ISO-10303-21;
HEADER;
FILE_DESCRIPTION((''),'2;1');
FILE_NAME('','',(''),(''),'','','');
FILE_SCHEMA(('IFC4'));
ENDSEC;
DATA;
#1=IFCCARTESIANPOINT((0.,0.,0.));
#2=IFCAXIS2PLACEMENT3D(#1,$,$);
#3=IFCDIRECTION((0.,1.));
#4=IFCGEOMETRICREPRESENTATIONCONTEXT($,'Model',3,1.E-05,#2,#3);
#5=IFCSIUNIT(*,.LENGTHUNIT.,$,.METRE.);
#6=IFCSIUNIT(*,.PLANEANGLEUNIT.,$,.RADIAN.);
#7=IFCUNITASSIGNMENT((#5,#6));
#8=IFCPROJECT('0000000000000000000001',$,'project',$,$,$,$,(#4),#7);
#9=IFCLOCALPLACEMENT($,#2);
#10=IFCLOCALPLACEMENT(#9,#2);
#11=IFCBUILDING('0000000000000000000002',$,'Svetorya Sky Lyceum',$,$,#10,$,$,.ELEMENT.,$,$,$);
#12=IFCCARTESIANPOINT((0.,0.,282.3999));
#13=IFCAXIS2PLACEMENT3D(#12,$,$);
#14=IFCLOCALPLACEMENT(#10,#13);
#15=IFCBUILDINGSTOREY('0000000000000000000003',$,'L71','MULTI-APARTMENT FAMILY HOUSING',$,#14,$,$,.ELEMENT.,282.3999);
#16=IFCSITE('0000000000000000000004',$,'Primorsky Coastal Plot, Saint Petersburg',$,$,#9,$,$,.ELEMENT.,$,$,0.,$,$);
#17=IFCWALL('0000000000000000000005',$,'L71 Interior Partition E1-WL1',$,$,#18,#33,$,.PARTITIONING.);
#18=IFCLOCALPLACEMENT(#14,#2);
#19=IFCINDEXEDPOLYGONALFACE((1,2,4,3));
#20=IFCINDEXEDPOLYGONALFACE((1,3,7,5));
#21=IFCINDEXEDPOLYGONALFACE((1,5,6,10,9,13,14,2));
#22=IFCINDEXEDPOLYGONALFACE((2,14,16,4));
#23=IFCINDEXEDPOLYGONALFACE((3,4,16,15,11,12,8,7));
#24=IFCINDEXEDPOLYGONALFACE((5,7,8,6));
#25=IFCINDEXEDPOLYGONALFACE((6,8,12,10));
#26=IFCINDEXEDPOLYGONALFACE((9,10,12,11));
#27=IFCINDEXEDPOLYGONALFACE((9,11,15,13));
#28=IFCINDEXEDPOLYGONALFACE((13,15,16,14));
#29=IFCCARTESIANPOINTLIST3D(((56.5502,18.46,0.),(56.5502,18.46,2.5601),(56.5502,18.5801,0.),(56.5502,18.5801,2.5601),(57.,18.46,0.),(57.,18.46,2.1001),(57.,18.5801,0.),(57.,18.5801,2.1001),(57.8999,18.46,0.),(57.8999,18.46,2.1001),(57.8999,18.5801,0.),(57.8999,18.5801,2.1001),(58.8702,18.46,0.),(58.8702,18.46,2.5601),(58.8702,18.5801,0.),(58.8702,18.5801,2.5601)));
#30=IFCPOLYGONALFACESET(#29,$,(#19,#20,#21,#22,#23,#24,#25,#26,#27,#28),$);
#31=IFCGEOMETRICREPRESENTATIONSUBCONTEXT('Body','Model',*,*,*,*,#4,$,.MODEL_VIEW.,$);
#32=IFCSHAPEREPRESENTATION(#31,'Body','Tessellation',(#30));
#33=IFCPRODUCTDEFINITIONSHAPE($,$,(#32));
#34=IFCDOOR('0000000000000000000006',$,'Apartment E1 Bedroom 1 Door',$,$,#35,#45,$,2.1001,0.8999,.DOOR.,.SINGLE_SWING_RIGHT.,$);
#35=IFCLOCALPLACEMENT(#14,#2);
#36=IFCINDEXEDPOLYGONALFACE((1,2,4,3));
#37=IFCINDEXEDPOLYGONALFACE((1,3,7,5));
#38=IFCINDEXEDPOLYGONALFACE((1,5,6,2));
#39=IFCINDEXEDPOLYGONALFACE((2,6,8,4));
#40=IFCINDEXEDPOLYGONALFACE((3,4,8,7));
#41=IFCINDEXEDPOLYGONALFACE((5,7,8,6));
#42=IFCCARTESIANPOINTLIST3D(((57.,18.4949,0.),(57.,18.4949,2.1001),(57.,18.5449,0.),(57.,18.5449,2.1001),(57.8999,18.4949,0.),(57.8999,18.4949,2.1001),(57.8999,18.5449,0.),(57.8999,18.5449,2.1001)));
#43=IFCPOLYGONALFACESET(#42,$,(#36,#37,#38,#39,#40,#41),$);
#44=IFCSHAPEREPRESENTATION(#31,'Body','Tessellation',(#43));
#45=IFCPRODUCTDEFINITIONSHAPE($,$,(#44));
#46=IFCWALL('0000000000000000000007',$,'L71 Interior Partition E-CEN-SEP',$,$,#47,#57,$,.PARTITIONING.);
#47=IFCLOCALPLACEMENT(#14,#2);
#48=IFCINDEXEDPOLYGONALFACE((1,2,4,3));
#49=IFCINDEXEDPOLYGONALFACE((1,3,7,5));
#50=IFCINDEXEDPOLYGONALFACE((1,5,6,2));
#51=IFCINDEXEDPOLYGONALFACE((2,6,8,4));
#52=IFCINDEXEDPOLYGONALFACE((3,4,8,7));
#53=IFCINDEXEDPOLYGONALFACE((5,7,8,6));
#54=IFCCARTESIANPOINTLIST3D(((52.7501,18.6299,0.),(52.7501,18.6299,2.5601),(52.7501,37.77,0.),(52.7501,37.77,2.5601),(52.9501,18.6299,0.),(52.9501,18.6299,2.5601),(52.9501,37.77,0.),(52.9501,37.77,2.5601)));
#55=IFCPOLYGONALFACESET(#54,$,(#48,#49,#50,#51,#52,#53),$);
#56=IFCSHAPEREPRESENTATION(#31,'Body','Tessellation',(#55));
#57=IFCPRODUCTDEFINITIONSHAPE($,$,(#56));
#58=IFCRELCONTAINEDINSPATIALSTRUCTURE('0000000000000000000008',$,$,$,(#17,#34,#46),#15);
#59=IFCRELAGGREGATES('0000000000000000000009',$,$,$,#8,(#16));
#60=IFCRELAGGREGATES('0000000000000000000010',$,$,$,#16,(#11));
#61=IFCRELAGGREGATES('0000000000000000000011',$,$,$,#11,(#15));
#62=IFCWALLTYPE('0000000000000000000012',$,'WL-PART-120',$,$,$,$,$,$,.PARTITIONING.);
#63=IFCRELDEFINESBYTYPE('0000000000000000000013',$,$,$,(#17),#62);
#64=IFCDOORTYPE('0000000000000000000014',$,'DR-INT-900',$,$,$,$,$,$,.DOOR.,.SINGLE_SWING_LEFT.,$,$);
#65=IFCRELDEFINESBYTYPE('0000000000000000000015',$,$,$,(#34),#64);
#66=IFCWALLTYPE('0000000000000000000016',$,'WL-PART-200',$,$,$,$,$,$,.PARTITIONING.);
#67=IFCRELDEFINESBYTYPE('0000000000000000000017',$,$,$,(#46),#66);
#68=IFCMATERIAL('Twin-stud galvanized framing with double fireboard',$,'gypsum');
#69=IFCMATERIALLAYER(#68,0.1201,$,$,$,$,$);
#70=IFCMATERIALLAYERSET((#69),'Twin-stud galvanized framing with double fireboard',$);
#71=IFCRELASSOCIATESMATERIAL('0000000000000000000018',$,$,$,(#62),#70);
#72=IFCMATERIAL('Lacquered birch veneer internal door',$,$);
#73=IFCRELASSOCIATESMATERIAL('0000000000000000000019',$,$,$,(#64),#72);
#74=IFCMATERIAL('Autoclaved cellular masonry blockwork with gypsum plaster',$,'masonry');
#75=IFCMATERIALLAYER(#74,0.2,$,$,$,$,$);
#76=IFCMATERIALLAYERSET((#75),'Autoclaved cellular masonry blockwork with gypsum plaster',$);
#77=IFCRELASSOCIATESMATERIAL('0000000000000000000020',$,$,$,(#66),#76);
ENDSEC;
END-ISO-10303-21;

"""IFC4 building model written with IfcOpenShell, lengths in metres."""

from ifc_helpers import new_model, si_unit, direction, frame, frame_2d, origin, place, context, subcontext, project, spatial, rectangle, extrude, material, layer, layer_set, type_object, element, fill, save


model = new_model("IFC4")

# Units and contexts
model_context = context("Model", 3, precision=1e-05, world=origin(), true_north=direction((0.0, 1.0)))
body_context = subcontext(model_context, "Body", "Model", "MODEL_VIEW")
ifc_project = project(units=[si_unit("LENGTHUNIT", "METRE"), si_unit("PLANEANGLEUNIT", "RADIAN")], contexts=[model_context])

# Site, building, storey
site_placement = place(None, origin())
site = spatial("IfcSite", under=ifc_project, at=site_placement, Name="Primorsky Coastal Plot, Saint Petersburg", CompositionType="ELEMENT", RefElevation=0.0)
building_placement = place(site_placement, origin())
building = spatial("IfcBuilding", under=site, at=building_placement, Name="Svetorya Sky Lyceum", CompositionType="ELEMENT")
storey_placement = place(building_placement, frame((0.0, 0.0, 282.3999)))
storey = spatial("IfcBuildingStorey", under=building, at=storey_placement, Name="L71", Description="MULTI-APARTMENT FAMILY HOUSING", CompositionType="ELEMENT", Elevation=282.3999)

# Wall, opening, door
ifc_material_1 = material(Name="Twin-stud galvanized framing with double fireboard", Category="gypsum")
ifc_layer_1 = layer(ifc_material_1, 0.1201)
ifc_layer_set_1 = layer_set([ifc_layer_1], Name="Twin-stud galvanized framing with double fireboard")
wall_type_1 = type_object("IfcWallType", Name="WL-PART-120", PredefinedType="PARTITIONING", material=ifc_layer_set_1)
wall_1_placement = place(storey_placement, frame((56.55, 18.52, 0.0), z_axis=(0.0, 0.0, 1.0), x_axis=(1.0, 0.0, 0.0)))
wall_1 = element("IfcWall", 1, at=wall_1_placement, inside=storey, type_object=wall_type_1, Name="L71 Interior Partition E1-WL1", PredefinedType="PARTITIONING", context=body_context, shape_type="SweptSolid", body=[
    extrude(rectangle(XDim=2.3201, YDim=0.1201, at=frame_2d((1.1602, 0.0))), origin(), (0.0, 0.0, 1.0), 2.5601),
])
opening_1_placement = place(wall_1_placement, frame((0.45, 0.0, 0.0)))
opening_1 = element("IfcOpeningElement", 2, at=opening_1_placement, cuts=wall_1, PredefinedType="OPENING", context=body_context, shape_type="SweptSolid", body=[
    extrude(rectangle(XDim=0.8999, YDim=2.1001, at=frame_2d((0.45, 1.05))), frame((0.0, 0.0701, 0.0), z_axis=(0.0, -1.0, 0.0), x_axis=(1.0, 0.0, 0.0)), (0.0, 0.0, 1.0), 0.1401),
])
ifc_material_2 = material(Name="Lacquered birch veneer internal door")
door_type = type_object("IfcDoorType", Name="DR-INT-900", OperationType="SINGLE_SWING_LEFT", PredefinedType="DOOR", material=ifc_material_2)
door_placement = place(opening_1_placement, origin())
door = element("IfcDoor", 3, at=door_placement, inside=storey, type_object=door_type, Name="Apartment E1 Bedroom 1 Door", OperationType="SINGLE_SWING_RIGHT", OverallHeight=2.1001, OverallWidth=0.8999, PredefinedType="DOOR", context=body_context, shape_type="SweptSolid", body=[
    extrude(rectangle(XDim=0.8999, YDim=2.1001, at=frame_2d((0.45, 1.05))), frame((0.0, 0.0249, 0.0), z_axis=(0.0, -1.0, 0.0), x_axis=(1.0, 0.0, 0.0)), (0.0, 0.0, 1.0), 0.05),
])
fill(opening_1, door)

# Wall
ifc_material_3 = material(Name="Autoclaved cellular masonry blockwork with gypsum plaster", Category="masonry")
ifc_layer_2 = layer(ifc_material_3, 0.2)
ifc_layer_set_2 = layer_set([ifc_layer_2], Name="Autoclaved cellular masonry blockwork with gypsum plaster")
wall_type_2 = type_object("IfcWallType", Name="WL-PART-200", PredefinedType="PARTITIONING", material=ifc_layer_set_2)
wall_2_placement = place(storey_placement, frame((52.8501, 18.6299, 0.0), z_axis=(0.0, 0.0, 1.0), x_axis=(0.0, 1.0, 0.0)))
element("IfcWall", 4, at=wall_2_placement, inside=storey, type_object=wall_type_2, Name="L71 Interior Partition E-CEN-SEP", PredefinedType="PARTITIONING", context=body_context, shape_type="SweptSolid", body=[
    extrude(rectangle(XDim=19.1401, YDim=0.2, at=frame_2d((9.5701, 0.0))), origin(), (0.0, 0.0, 1.0), 2.5601),
])

save(model, "model.ifc")
